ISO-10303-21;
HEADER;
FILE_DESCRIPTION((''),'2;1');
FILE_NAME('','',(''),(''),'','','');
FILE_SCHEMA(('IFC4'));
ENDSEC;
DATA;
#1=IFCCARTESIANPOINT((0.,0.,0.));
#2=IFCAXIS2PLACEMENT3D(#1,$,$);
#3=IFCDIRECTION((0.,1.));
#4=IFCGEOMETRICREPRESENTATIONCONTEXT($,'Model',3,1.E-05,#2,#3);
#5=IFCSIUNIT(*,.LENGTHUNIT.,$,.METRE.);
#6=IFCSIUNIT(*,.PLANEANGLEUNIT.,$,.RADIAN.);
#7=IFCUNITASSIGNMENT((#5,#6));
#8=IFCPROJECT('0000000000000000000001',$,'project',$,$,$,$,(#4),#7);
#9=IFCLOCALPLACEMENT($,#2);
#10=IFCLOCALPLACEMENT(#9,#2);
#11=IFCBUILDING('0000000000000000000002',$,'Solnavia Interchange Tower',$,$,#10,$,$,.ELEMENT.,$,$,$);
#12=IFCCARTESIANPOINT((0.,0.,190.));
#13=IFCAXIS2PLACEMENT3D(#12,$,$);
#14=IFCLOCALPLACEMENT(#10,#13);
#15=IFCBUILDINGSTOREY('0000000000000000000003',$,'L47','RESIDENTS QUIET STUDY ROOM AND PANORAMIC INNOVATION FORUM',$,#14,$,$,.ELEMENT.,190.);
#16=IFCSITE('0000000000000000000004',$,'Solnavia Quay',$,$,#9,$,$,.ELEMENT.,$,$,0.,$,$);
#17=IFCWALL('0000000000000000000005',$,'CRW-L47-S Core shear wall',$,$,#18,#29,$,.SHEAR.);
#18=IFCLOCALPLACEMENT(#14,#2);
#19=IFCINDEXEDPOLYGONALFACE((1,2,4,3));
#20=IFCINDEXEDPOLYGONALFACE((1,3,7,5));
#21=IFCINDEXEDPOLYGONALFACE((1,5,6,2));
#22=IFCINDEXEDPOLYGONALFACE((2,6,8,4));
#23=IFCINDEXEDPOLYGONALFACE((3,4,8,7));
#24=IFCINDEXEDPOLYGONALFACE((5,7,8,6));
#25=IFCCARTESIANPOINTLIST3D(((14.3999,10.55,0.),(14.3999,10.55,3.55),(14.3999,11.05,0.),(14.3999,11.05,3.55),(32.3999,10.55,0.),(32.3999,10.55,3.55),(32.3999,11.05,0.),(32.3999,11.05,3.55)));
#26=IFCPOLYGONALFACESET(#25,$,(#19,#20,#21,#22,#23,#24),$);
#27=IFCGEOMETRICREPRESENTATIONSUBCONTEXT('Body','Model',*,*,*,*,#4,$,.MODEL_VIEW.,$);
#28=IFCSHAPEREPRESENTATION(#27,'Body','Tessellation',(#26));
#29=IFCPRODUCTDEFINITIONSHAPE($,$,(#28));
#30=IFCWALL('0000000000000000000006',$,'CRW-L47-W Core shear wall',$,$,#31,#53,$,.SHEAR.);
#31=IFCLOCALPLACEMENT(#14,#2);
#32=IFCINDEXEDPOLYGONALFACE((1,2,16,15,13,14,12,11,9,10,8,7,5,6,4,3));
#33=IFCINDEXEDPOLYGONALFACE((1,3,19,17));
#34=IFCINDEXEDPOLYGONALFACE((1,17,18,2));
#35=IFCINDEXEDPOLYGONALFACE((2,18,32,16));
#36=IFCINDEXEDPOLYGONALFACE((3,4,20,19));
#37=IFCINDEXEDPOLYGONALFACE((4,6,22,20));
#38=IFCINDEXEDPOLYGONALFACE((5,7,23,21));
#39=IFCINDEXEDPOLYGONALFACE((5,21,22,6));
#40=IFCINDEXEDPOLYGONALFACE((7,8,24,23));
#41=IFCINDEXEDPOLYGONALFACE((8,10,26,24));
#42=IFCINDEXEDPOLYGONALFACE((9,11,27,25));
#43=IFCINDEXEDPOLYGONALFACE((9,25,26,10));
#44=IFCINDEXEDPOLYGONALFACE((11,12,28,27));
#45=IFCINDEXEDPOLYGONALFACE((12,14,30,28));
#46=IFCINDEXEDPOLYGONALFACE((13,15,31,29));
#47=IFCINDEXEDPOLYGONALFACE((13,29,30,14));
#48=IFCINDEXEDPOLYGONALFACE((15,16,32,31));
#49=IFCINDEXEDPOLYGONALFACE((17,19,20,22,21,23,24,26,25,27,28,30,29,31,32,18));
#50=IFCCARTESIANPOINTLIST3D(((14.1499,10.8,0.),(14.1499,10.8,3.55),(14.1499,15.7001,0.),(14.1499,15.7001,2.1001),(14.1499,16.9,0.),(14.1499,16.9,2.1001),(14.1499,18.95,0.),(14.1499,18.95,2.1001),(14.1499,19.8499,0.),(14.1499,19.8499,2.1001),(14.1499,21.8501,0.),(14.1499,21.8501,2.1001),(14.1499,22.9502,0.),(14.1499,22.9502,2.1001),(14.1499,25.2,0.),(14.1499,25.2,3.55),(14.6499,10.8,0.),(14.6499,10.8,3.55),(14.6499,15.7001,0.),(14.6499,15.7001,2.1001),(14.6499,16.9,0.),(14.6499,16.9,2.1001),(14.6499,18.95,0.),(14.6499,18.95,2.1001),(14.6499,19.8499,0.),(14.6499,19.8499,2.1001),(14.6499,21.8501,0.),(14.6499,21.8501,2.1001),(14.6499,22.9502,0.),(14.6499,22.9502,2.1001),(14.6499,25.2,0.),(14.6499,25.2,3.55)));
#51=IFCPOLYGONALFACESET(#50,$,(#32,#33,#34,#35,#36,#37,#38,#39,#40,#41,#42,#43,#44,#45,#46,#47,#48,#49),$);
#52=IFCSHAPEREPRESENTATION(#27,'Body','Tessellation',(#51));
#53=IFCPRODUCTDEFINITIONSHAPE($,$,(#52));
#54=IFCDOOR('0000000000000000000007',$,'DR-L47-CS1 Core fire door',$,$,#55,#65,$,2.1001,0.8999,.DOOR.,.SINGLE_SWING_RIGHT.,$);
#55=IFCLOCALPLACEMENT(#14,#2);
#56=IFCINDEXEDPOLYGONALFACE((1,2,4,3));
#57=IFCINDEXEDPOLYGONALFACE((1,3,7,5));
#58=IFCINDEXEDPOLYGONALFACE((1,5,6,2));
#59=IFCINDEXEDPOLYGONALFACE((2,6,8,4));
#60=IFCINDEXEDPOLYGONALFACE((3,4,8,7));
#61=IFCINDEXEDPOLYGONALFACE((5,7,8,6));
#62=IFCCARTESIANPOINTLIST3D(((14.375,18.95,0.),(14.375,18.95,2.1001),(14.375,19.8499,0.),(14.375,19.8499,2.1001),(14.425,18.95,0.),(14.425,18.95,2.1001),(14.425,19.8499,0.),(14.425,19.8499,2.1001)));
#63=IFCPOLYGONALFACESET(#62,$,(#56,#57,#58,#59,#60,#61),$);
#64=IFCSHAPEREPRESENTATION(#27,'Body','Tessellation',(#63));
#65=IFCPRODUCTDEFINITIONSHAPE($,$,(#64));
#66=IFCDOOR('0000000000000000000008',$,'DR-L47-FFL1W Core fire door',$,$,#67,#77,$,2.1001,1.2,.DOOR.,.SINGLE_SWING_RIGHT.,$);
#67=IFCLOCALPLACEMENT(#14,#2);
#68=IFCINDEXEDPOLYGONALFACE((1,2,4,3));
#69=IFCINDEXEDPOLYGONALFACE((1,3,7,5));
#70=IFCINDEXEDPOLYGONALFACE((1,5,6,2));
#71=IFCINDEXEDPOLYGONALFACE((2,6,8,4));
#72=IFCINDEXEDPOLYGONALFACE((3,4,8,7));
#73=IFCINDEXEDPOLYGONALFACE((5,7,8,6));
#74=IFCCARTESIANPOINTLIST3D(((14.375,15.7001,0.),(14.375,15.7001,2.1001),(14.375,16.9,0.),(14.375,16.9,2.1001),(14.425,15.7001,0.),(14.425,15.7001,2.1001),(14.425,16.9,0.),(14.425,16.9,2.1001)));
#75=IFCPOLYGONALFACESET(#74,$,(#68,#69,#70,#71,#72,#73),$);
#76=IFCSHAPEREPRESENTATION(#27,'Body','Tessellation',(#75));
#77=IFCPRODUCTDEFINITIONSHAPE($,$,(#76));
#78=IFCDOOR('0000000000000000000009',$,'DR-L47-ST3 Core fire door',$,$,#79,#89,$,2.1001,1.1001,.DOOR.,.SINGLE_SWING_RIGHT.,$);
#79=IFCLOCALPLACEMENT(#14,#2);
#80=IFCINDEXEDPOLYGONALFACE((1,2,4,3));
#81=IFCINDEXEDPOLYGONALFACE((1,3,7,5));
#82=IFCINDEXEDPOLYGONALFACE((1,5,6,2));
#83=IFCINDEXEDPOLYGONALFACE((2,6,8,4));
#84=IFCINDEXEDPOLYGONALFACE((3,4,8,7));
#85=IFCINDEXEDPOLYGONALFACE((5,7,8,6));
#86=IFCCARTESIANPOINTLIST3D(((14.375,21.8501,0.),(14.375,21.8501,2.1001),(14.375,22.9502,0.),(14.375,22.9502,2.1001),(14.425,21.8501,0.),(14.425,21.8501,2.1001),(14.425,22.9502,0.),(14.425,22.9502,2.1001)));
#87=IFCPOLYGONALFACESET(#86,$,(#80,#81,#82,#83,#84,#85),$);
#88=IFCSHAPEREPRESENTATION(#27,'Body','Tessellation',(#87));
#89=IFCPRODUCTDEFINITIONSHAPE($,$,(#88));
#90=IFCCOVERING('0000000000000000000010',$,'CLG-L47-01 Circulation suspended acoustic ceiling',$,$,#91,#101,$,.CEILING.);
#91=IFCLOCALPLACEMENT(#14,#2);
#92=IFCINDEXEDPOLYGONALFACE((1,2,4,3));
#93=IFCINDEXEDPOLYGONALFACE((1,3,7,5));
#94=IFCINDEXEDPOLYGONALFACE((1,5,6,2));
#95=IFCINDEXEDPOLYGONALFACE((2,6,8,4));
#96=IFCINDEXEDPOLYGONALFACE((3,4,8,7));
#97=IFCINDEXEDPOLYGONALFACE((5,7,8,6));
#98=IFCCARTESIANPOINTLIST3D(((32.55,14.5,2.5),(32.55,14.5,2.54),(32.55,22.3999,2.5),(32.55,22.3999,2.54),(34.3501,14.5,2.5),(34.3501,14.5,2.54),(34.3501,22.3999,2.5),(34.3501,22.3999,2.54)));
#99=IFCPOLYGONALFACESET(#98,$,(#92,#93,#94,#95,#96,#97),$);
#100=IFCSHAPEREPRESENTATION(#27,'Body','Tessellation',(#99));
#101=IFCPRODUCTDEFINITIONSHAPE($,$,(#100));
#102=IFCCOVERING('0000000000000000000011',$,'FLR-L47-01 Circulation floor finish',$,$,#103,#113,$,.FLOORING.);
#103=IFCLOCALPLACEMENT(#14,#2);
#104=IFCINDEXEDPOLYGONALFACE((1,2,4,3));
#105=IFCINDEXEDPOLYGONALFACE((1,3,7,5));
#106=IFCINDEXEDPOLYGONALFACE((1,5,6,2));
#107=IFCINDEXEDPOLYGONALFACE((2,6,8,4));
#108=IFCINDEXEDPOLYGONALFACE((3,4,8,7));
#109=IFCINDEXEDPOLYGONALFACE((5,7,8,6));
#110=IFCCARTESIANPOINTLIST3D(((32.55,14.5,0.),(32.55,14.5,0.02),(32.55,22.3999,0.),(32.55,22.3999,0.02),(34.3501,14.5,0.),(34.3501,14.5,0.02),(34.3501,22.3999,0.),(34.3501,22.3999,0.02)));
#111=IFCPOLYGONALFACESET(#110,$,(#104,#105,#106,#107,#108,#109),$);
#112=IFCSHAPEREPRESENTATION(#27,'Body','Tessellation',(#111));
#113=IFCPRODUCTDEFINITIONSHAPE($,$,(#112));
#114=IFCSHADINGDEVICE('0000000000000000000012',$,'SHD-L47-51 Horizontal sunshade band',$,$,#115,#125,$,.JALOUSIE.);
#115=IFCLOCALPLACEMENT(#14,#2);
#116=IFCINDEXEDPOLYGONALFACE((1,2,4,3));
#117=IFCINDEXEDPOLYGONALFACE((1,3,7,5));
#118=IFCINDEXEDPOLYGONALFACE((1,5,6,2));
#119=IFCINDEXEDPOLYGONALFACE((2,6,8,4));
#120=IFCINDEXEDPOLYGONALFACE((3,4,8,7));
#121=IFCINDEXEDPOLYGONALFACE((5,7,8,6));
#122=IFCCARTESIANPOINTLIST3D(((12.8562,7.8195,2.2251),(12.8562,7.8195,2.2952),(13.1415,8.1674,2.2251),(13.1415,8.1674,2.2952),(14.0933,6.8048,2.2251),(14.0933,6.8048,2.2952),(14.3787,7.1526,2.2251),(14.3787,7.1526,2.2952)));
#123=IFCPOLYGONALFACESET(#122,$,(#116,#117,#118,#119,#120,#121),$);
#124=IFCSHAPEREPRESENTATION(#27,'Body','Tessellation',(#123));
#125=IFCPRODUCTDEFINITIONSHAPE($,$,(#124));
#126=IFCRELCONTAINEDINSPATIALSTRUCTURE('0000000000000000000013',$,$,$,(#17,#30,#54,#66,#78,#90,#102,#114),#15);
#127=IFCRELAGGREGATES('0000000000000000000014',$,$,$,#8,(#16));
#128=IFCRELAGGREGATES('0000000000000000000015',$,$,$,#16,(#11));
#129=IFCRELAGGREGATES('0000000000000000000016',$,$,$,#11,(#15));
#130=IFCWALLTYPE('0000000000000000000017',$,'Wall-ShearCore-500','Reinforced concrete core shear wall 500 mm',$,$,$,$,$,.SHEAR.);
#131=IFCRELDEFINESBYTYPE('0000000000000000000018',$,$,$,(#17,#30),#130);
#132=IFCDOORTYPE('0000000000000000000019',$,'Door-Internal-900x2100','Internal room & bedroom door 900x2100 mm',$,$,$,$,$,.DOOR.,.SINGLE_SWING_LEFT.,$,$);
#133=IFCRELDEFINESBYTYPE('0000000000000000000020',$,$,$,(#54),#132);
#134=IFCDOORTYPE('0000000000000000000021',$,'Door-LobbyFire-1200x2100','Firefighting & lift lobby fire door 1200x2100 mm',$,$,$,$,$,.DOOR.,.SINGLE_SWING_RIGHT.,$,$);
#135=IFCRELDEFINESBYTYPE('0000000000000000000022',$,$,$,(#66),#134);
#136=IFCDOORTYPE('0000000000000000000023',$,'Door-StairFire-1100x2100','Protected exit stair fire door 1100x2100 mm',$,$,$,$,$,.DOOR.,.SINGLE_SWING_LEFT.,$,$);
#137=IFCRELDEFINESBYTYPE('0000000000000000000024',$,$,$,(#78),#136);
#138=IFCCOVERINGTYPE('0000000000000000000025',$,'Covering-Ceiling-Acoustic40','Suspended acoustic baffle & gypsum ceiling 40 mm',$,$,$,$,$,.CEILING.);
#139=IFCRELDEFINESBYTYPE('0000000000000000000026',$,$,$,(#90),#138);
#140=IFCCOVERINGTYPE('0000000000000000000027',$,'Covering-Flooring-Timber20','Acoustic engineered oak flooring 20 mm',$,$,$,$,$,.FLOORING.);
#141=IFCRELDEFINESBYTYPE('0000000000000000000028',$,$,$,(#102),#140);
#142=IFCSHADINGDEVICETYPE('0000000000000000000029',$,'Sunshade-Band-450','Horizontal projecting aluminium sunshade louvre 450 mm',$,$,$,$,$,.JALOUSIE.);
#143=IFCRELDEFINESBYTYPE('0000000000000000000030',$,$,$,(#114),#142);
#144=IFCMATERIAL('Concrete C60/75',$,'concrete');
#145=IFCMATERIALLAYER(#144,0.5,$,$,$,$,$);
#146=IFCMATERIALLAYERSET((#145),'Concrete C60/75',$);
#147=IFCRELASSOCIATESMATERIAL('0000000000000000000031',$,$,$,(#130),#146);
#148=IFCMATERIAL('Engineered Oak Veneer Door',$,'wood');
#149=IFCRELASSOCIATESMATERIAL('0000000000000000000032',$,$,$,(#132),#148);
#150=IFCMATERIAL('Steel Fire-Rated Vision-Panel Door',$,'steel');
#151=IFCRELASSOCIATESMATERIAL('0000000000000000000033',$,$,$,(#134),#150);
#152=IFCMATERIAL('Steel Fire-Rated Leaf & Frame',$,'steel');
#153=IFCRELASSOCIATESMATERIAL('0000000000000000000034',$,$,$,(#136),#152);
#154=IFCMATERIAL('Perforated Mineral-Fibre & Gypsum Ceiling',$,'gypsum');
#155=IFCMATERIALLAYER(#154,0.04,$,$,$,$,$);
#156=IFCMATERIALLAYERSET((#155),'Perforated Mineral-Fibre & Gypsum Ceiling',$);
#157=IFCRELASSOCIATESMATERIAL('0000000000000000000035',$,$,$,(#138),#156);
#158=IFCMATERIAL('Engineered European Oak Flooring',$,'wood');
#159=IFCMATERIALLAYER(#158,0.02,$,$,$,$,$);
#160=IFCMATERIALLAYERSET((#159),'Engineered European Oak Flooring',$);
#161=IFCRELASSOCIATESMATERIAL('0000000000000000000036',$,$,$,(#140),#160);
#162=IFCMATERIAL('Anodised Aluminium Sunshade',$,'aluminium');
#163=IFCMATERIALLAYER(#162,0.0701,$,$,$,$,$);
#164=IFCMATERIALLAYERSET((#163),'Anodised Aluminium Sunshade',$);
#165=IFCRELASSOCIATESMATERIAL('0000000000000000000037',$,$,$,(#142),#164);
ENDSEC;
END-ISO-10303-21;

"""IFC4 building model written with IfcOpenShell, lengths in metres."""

from ifc_helpers import new_model, si_unit, direction, frame, frame_2d, origin, origin_2d, place, context, subcontext, project, spatial, polyline, rectangle, outline, extrude, material, layer, layer_set, type_object, element, fill, save


model = new_model("IFC4")

# Units and contexts
model_context = context("Model", 3, precision=1e-05, world=origin(), true_north=direction((0.0, 1.0)))
body_context = subcontext(model_context, "Body", "Model", "MODEL_VIEW")
ifc_project = project(units=[si_unit("LENGTHUNIT", "METRE"), si_unit("PLANEANGLEUNIT", "RADIAN")], contexts=[model_context])

# Site, building, storey
site_placement = place(None, origin())
site = spatial("IfcSite", under=ifc_project, at=site_placement, Name="Solnavia Quay", CompositionType="ELEMENT", RefElevation=0.0)
building_placement = place(site_placement, origin())
building = spatial("IfcBuilding", under=site, at=building_placement, Name="Solnavia Interchange Tower", CompositionType="ELEMENT")
storey_placement = place(building_placement, frame((0.0, 0.0, 190.0)))
storey = spatial("IfcBuildingStorey", under=building, at=storey_placement, Name="L47", Description="RESIDENTS QUIET STUDY ROOM AND PANORAMIC INNOVATION FORUM", CompositionType="ELEMENT", Elevation=190.0)

# Wall
ifc_material_1 = material(Name="Concrete C60/75", Category="concrete")
ifc_layer_1 = layer(ifc_material_1, 0.5)
ifc_layer_set_1 = layer_set([ifc_layer_1], Name="Concrete C60/75")
wall_type_1 = type_object("IfcWallType", Name="Wall-ShearCore-500", Description="Reinforced concrete core shear wall 500 mm", PredefinedType="SHEAR", material=ifc_layer_set_1)
wall_1_placement = place(storey_placement, frame((14.3999, 10.8, 0.0), z_axis=(0.0, 0.0, 1.0), x_axis=(1.0, 0.0, 0.0)))
element("IfcWall", 1, at=wall_1_placement, inside=storey, type_object=wall_type_1, Name="CRW-L47-S Core shear wall", PredefinedType="SHEAR", context=body_context, shape_type="SweptSolid", body=[
    extrude(rectangle(XDim=18.0, YDim=0.5, at=frame_2d((9.0, 0.0))), origin(), (0.0, 0.0, 1.0), 3.55),
])

# Wall, openings, doors
wall_2_placement = place(storey_placement, frame((14.3999, 10.8, 0.0), z_axis=(0.0, 0.0, 1.0), x_axis=(0.0, 1.0, 0.0)))
wall_2 = element("IfcWall", 2, at=wall_2_placement, inside=storey, type_object=wall_type_1, Name="CRW-L47-W Core shear wall", PredefinedType="SHEAR", context=body_context, shape_type="SweptSolid", body=[
    extrude(rectangle(XDim=14.3999, YDim=0.5, at=frame_2d((7.2, 0.0))), origin(), (0.0, 0.0, 1.0), 3.55),
])
opening_1_placement = place(wall_2_placement, frame((11.05, 0.0, 0.0)))
opening_1 = element("IfcOpeningElement", 3, at=opening_1_placement, cuts=wall_2, PredefinedType="OPENING", context=body_context, shape_type="SweptSolid", body=[
    extrude(rectangle(XDim=1.1001, YDim=2.1001, at=frame_2d((0.55, 1.05))), frame((0.0, 0.26, 0.0), z_axis=(0.0, -1.0, 0.0), x_axis=(1.0, 0.0, 0.0)), (0.0, 0.0, 1.0), 0.52),
])
opening_2_placement = place(wall_2_placement, frame((4.8999, 0.0, 0.0)))
opening_2 = element("IfcOpeningElement", 4, at=opening_2_placement, cuts=wall_2, PredefinedType="OPENING", context=body_context, shape_type="SweptSolid", body=[
    extrude(rectangle(XDim=1.2, YDim=2.1001, at=frame_2d((0.6001, 1.05))), frame((0.0, 0.26, 0.0), z_axis=(0.0, -1.0, 0.0), x_axis=(1.0, 0.0, 0.0)), (0.0, 0.0, 1.0), 0.52),
])
opening_3_placement = place(wall_2_placement, frame((8.1499, 0.0, 0.0)))
opening_3 = element("IfcOpeningElement", 5, at=opening_3_placement, cuts=wall_2, PredefinedType="OPENING", context=body_context, shape_type="SweptSolid", body=[
    extrude(rectangle(XDim=0.8999, YDim=2.1001, at=frame_2d((0.45, 1.05))), frame((0.0, 0.26, 0.0), z_axis=(0.0, -1.0, 0.0), x_axis=(1.0, 0.0, 0.0)), (0.0, 0.0, 1.0), 0.52),
])
ifc_material_2 = material(Name="Engineered Oak Veneer Door", Category="wood")
door_type_1 = type_object("IfcDoorType", Name="Door-Internal-900x2100", Description="Internal room & bedroom door 900x2100 mm", OperationType="SINGLE_SWING_LEFT", PredefinedType="DOOR", material=ifc_material_2)
door_1_placement = place(opening_3_placement, origin())
door_1 = element("IfcDoor", 6, at=door_1_placement, inside=storey, type_object=door_type_1, Name="DR-L47-CS1 Core fire door", OperationType="SINGLE_SWING_RIGHT", OverallHeight=2.1001, OverallWidth=0.8999, PredefinedType="DOOR", context=body_context, shape_type="SweptSolid", body=[
    extrude(rectangle(XDim=0.8999, YDim=2.1001, at=frame_2d((0.45, 1.05))), frame((0.0, 0.0249, 0.0), z_axis=(0.0, -1.0, 0.0), x_axis=(1.0, 0.0, 0.0)), (0.0, 0.0, 1.0), 0.05),
])
fill(opening_3, door_1)
ifc_material_3 = material(Name="Steel Fire-Rated Vision-Panel Door", Category="steel")
door_type_2 = type_object("IfcDoorType", Name="Door-LobbyFire-1200x2100", Description="Firefighting & lift lobby fire door 1200x2100 mm", OperationType="SINGLE_SWING_RIGHT", PredefinedType="DOOR", material=ifc_material_3)
door_2_placement = place(opening_2_placement, origin())
door_2 = element("IfcDoor", 7, at=door_2_placement, inside=storey, type_object=door_type_2, Name="DR-L47-FFL1W Core fire door", OperationType="SINGLE_SWING_RIGHT", OverallHeight=2.1001, OverallWidth=1.2, PredefinedType="DOOR", context=body_context, shape_type="SweptSolid", body=[
    extrude(rectangle(XDim=1.2, YDim=2.1001, at=frame_2d((0.6001, 1.05))), frame((0.0, 0.0249, 0.0), z_axis=(0.0, -1.0, 0.0), x_axis=(1.0, 0.0, 0.0)), (0.0, 0.0, 1.0), 0.05),
])
fill(opening_2, door_2)
ifc_material_4 = material(Name="Steel Fire-Rated Leaf & Frame", Category="steel")
door_type_3 = type_object("IfcDoorType", Name="Door-StairFire-1100x2100", Description="Protected exit stair fire door 1100x2100 mm", OperationType="SINGLE_SWING_LEFT", PredefinedType="DOOR", material=ifc_material_4)
door_3_placement = place(opening_1_placement, origin())
door_3 = element("IfcDoor", 8, at=door_3_placement, inside=storey, type_object=door_type_3, Name="DR-L47-ST3 Core fire door", OperationType="SINGLE_SWING_RIGHT", OverallHeight=2.1001, OverallWidth=1.1001, PredefinedType="DOOR", context=body_context, shape_type="SweptSolid", body=[
    extrude(rectangle(XDim=1.1001, YDim=2.1001, at=frame_2d((0.55, 1.05))), frame((0.0, 0.0249, 0.0), z_axis=(0.0, -1.0, 0.0), x_axis=(1.0, 0.0, 0.0)), (0.0, 0.0, 1.0), 0.05),
])
fill(opening_1, door_3)

# Coverings
ifc_material_5 = material(Name="Perforated Mineral-Fibre & Gypsum Ceiling", Category="gypsum")
ifc_layer_2 = layer(ifc_material_5, 0.04)
ifc_layer_set_2 = layer_set([ifc_layer_2], Name="Perforated Mineral-Fibre & Gypsum Ceiling")
covering_type_1 = type_object("IfcCoveringType", Name="Covering-Ceiling-Acoustic40", Description="Suspended acoustic baffle & gypsum ceiling 40 mm", PredefinedType="CEILING", material=ifc_layer_set_2)
covering_1_placement = place(storey_placement, frame((0.0, 0.0, 2.5)))
element("IfcCovering", 9, at=covering_1_placement, inside=storey, type_object=covering_type_1, Name="CLG-L47-01 Circulation suspended acoustic ceiling", PredefinedType="CEILING", context=body_context, shape_type="SweptSolid", body=[
    extrude(outline(polyline([(32.55, 14.5), (34.3501, 14.5), (34.3501, 22.3999), (32.55, 22.3999), (32.55, 14.5)])), origin(), (0.0, 0.0, 1.0), 0.04),
])
ifc_material_6 = material(Name="Engineered European Oak Flooring", Category="wood")
ifc_layer_3 = layer(ifc_material_6, 0.02)
ifc_layer_set_3 = layer_set([ifc_layer_3], Name="Engineered European Oak Flooring")
covering_type_2 = type_object("IfcCoveringType", Name="Covering-Flooring-Timber20", Description="Acoustic engineered oak flooring 20 mm", PredefinedType="FLOORING", material=ifc_layer_set_3)
covering_2_placement = place(storey_placement, origin())
element("IfcCovering", 10, at=covering_2_placement, inside=storey, type_object=covering_type_2, Name="FLR-L47-01 Circulation floor finish", PredefinedType="FLOORING", context=body_context, shape_type="SweptSolid", body=[
    extrude(outline(polyline([(32.55, 14.5), (34.3501, 14.5), (34.3501, 22.3999), (32.55, 22.3999), (32.55, 14.5)])), origin(), (0.0, 0.0, 1.0), 0.02),
])

# Shading device
ifc_material_7 = material(Name="Anodised Aluminium Sunshade", Category="aluminium")
ifc_layer_4 = layer(ifc_material_7, 0.0701)
ifc_layer_set_4 = layer_set([ifc_layer_4], Name="Anodised Aluminium Sunshade")
shading_device_type = type_object("IfcShadingDeviceType", Name="Sunshade-Band-450", Description="Horizontal projecting aluminium sunshade louvre 450 mm", PredefinedType="JALOUSIE", material=ifc_layer_set_4)
shading_device_placement = place(storey_placement, frame((13.6174, 7.4861, 2.2251), z_axis=(0.0, 0.0, 1.0), x_axis=(-0.773177, 0.634191, 0.0)))
element("IfcShadingDevice", 11, at=shading_device_placement, inside=storey, type_object=shading_device_type, Name="SHD-L47-51 Horizontal sunshade band", PredefinedType="JALOUSIE", context=body_context, shape_type="SweptSolid", body=[
    extrude(rectangle(XDim=1.6001, YDim=0.45, at=origin_2d()), origin(), (0.0, 0.0, 1.0), 0.0701),
])

save(model, "model.ifc")
